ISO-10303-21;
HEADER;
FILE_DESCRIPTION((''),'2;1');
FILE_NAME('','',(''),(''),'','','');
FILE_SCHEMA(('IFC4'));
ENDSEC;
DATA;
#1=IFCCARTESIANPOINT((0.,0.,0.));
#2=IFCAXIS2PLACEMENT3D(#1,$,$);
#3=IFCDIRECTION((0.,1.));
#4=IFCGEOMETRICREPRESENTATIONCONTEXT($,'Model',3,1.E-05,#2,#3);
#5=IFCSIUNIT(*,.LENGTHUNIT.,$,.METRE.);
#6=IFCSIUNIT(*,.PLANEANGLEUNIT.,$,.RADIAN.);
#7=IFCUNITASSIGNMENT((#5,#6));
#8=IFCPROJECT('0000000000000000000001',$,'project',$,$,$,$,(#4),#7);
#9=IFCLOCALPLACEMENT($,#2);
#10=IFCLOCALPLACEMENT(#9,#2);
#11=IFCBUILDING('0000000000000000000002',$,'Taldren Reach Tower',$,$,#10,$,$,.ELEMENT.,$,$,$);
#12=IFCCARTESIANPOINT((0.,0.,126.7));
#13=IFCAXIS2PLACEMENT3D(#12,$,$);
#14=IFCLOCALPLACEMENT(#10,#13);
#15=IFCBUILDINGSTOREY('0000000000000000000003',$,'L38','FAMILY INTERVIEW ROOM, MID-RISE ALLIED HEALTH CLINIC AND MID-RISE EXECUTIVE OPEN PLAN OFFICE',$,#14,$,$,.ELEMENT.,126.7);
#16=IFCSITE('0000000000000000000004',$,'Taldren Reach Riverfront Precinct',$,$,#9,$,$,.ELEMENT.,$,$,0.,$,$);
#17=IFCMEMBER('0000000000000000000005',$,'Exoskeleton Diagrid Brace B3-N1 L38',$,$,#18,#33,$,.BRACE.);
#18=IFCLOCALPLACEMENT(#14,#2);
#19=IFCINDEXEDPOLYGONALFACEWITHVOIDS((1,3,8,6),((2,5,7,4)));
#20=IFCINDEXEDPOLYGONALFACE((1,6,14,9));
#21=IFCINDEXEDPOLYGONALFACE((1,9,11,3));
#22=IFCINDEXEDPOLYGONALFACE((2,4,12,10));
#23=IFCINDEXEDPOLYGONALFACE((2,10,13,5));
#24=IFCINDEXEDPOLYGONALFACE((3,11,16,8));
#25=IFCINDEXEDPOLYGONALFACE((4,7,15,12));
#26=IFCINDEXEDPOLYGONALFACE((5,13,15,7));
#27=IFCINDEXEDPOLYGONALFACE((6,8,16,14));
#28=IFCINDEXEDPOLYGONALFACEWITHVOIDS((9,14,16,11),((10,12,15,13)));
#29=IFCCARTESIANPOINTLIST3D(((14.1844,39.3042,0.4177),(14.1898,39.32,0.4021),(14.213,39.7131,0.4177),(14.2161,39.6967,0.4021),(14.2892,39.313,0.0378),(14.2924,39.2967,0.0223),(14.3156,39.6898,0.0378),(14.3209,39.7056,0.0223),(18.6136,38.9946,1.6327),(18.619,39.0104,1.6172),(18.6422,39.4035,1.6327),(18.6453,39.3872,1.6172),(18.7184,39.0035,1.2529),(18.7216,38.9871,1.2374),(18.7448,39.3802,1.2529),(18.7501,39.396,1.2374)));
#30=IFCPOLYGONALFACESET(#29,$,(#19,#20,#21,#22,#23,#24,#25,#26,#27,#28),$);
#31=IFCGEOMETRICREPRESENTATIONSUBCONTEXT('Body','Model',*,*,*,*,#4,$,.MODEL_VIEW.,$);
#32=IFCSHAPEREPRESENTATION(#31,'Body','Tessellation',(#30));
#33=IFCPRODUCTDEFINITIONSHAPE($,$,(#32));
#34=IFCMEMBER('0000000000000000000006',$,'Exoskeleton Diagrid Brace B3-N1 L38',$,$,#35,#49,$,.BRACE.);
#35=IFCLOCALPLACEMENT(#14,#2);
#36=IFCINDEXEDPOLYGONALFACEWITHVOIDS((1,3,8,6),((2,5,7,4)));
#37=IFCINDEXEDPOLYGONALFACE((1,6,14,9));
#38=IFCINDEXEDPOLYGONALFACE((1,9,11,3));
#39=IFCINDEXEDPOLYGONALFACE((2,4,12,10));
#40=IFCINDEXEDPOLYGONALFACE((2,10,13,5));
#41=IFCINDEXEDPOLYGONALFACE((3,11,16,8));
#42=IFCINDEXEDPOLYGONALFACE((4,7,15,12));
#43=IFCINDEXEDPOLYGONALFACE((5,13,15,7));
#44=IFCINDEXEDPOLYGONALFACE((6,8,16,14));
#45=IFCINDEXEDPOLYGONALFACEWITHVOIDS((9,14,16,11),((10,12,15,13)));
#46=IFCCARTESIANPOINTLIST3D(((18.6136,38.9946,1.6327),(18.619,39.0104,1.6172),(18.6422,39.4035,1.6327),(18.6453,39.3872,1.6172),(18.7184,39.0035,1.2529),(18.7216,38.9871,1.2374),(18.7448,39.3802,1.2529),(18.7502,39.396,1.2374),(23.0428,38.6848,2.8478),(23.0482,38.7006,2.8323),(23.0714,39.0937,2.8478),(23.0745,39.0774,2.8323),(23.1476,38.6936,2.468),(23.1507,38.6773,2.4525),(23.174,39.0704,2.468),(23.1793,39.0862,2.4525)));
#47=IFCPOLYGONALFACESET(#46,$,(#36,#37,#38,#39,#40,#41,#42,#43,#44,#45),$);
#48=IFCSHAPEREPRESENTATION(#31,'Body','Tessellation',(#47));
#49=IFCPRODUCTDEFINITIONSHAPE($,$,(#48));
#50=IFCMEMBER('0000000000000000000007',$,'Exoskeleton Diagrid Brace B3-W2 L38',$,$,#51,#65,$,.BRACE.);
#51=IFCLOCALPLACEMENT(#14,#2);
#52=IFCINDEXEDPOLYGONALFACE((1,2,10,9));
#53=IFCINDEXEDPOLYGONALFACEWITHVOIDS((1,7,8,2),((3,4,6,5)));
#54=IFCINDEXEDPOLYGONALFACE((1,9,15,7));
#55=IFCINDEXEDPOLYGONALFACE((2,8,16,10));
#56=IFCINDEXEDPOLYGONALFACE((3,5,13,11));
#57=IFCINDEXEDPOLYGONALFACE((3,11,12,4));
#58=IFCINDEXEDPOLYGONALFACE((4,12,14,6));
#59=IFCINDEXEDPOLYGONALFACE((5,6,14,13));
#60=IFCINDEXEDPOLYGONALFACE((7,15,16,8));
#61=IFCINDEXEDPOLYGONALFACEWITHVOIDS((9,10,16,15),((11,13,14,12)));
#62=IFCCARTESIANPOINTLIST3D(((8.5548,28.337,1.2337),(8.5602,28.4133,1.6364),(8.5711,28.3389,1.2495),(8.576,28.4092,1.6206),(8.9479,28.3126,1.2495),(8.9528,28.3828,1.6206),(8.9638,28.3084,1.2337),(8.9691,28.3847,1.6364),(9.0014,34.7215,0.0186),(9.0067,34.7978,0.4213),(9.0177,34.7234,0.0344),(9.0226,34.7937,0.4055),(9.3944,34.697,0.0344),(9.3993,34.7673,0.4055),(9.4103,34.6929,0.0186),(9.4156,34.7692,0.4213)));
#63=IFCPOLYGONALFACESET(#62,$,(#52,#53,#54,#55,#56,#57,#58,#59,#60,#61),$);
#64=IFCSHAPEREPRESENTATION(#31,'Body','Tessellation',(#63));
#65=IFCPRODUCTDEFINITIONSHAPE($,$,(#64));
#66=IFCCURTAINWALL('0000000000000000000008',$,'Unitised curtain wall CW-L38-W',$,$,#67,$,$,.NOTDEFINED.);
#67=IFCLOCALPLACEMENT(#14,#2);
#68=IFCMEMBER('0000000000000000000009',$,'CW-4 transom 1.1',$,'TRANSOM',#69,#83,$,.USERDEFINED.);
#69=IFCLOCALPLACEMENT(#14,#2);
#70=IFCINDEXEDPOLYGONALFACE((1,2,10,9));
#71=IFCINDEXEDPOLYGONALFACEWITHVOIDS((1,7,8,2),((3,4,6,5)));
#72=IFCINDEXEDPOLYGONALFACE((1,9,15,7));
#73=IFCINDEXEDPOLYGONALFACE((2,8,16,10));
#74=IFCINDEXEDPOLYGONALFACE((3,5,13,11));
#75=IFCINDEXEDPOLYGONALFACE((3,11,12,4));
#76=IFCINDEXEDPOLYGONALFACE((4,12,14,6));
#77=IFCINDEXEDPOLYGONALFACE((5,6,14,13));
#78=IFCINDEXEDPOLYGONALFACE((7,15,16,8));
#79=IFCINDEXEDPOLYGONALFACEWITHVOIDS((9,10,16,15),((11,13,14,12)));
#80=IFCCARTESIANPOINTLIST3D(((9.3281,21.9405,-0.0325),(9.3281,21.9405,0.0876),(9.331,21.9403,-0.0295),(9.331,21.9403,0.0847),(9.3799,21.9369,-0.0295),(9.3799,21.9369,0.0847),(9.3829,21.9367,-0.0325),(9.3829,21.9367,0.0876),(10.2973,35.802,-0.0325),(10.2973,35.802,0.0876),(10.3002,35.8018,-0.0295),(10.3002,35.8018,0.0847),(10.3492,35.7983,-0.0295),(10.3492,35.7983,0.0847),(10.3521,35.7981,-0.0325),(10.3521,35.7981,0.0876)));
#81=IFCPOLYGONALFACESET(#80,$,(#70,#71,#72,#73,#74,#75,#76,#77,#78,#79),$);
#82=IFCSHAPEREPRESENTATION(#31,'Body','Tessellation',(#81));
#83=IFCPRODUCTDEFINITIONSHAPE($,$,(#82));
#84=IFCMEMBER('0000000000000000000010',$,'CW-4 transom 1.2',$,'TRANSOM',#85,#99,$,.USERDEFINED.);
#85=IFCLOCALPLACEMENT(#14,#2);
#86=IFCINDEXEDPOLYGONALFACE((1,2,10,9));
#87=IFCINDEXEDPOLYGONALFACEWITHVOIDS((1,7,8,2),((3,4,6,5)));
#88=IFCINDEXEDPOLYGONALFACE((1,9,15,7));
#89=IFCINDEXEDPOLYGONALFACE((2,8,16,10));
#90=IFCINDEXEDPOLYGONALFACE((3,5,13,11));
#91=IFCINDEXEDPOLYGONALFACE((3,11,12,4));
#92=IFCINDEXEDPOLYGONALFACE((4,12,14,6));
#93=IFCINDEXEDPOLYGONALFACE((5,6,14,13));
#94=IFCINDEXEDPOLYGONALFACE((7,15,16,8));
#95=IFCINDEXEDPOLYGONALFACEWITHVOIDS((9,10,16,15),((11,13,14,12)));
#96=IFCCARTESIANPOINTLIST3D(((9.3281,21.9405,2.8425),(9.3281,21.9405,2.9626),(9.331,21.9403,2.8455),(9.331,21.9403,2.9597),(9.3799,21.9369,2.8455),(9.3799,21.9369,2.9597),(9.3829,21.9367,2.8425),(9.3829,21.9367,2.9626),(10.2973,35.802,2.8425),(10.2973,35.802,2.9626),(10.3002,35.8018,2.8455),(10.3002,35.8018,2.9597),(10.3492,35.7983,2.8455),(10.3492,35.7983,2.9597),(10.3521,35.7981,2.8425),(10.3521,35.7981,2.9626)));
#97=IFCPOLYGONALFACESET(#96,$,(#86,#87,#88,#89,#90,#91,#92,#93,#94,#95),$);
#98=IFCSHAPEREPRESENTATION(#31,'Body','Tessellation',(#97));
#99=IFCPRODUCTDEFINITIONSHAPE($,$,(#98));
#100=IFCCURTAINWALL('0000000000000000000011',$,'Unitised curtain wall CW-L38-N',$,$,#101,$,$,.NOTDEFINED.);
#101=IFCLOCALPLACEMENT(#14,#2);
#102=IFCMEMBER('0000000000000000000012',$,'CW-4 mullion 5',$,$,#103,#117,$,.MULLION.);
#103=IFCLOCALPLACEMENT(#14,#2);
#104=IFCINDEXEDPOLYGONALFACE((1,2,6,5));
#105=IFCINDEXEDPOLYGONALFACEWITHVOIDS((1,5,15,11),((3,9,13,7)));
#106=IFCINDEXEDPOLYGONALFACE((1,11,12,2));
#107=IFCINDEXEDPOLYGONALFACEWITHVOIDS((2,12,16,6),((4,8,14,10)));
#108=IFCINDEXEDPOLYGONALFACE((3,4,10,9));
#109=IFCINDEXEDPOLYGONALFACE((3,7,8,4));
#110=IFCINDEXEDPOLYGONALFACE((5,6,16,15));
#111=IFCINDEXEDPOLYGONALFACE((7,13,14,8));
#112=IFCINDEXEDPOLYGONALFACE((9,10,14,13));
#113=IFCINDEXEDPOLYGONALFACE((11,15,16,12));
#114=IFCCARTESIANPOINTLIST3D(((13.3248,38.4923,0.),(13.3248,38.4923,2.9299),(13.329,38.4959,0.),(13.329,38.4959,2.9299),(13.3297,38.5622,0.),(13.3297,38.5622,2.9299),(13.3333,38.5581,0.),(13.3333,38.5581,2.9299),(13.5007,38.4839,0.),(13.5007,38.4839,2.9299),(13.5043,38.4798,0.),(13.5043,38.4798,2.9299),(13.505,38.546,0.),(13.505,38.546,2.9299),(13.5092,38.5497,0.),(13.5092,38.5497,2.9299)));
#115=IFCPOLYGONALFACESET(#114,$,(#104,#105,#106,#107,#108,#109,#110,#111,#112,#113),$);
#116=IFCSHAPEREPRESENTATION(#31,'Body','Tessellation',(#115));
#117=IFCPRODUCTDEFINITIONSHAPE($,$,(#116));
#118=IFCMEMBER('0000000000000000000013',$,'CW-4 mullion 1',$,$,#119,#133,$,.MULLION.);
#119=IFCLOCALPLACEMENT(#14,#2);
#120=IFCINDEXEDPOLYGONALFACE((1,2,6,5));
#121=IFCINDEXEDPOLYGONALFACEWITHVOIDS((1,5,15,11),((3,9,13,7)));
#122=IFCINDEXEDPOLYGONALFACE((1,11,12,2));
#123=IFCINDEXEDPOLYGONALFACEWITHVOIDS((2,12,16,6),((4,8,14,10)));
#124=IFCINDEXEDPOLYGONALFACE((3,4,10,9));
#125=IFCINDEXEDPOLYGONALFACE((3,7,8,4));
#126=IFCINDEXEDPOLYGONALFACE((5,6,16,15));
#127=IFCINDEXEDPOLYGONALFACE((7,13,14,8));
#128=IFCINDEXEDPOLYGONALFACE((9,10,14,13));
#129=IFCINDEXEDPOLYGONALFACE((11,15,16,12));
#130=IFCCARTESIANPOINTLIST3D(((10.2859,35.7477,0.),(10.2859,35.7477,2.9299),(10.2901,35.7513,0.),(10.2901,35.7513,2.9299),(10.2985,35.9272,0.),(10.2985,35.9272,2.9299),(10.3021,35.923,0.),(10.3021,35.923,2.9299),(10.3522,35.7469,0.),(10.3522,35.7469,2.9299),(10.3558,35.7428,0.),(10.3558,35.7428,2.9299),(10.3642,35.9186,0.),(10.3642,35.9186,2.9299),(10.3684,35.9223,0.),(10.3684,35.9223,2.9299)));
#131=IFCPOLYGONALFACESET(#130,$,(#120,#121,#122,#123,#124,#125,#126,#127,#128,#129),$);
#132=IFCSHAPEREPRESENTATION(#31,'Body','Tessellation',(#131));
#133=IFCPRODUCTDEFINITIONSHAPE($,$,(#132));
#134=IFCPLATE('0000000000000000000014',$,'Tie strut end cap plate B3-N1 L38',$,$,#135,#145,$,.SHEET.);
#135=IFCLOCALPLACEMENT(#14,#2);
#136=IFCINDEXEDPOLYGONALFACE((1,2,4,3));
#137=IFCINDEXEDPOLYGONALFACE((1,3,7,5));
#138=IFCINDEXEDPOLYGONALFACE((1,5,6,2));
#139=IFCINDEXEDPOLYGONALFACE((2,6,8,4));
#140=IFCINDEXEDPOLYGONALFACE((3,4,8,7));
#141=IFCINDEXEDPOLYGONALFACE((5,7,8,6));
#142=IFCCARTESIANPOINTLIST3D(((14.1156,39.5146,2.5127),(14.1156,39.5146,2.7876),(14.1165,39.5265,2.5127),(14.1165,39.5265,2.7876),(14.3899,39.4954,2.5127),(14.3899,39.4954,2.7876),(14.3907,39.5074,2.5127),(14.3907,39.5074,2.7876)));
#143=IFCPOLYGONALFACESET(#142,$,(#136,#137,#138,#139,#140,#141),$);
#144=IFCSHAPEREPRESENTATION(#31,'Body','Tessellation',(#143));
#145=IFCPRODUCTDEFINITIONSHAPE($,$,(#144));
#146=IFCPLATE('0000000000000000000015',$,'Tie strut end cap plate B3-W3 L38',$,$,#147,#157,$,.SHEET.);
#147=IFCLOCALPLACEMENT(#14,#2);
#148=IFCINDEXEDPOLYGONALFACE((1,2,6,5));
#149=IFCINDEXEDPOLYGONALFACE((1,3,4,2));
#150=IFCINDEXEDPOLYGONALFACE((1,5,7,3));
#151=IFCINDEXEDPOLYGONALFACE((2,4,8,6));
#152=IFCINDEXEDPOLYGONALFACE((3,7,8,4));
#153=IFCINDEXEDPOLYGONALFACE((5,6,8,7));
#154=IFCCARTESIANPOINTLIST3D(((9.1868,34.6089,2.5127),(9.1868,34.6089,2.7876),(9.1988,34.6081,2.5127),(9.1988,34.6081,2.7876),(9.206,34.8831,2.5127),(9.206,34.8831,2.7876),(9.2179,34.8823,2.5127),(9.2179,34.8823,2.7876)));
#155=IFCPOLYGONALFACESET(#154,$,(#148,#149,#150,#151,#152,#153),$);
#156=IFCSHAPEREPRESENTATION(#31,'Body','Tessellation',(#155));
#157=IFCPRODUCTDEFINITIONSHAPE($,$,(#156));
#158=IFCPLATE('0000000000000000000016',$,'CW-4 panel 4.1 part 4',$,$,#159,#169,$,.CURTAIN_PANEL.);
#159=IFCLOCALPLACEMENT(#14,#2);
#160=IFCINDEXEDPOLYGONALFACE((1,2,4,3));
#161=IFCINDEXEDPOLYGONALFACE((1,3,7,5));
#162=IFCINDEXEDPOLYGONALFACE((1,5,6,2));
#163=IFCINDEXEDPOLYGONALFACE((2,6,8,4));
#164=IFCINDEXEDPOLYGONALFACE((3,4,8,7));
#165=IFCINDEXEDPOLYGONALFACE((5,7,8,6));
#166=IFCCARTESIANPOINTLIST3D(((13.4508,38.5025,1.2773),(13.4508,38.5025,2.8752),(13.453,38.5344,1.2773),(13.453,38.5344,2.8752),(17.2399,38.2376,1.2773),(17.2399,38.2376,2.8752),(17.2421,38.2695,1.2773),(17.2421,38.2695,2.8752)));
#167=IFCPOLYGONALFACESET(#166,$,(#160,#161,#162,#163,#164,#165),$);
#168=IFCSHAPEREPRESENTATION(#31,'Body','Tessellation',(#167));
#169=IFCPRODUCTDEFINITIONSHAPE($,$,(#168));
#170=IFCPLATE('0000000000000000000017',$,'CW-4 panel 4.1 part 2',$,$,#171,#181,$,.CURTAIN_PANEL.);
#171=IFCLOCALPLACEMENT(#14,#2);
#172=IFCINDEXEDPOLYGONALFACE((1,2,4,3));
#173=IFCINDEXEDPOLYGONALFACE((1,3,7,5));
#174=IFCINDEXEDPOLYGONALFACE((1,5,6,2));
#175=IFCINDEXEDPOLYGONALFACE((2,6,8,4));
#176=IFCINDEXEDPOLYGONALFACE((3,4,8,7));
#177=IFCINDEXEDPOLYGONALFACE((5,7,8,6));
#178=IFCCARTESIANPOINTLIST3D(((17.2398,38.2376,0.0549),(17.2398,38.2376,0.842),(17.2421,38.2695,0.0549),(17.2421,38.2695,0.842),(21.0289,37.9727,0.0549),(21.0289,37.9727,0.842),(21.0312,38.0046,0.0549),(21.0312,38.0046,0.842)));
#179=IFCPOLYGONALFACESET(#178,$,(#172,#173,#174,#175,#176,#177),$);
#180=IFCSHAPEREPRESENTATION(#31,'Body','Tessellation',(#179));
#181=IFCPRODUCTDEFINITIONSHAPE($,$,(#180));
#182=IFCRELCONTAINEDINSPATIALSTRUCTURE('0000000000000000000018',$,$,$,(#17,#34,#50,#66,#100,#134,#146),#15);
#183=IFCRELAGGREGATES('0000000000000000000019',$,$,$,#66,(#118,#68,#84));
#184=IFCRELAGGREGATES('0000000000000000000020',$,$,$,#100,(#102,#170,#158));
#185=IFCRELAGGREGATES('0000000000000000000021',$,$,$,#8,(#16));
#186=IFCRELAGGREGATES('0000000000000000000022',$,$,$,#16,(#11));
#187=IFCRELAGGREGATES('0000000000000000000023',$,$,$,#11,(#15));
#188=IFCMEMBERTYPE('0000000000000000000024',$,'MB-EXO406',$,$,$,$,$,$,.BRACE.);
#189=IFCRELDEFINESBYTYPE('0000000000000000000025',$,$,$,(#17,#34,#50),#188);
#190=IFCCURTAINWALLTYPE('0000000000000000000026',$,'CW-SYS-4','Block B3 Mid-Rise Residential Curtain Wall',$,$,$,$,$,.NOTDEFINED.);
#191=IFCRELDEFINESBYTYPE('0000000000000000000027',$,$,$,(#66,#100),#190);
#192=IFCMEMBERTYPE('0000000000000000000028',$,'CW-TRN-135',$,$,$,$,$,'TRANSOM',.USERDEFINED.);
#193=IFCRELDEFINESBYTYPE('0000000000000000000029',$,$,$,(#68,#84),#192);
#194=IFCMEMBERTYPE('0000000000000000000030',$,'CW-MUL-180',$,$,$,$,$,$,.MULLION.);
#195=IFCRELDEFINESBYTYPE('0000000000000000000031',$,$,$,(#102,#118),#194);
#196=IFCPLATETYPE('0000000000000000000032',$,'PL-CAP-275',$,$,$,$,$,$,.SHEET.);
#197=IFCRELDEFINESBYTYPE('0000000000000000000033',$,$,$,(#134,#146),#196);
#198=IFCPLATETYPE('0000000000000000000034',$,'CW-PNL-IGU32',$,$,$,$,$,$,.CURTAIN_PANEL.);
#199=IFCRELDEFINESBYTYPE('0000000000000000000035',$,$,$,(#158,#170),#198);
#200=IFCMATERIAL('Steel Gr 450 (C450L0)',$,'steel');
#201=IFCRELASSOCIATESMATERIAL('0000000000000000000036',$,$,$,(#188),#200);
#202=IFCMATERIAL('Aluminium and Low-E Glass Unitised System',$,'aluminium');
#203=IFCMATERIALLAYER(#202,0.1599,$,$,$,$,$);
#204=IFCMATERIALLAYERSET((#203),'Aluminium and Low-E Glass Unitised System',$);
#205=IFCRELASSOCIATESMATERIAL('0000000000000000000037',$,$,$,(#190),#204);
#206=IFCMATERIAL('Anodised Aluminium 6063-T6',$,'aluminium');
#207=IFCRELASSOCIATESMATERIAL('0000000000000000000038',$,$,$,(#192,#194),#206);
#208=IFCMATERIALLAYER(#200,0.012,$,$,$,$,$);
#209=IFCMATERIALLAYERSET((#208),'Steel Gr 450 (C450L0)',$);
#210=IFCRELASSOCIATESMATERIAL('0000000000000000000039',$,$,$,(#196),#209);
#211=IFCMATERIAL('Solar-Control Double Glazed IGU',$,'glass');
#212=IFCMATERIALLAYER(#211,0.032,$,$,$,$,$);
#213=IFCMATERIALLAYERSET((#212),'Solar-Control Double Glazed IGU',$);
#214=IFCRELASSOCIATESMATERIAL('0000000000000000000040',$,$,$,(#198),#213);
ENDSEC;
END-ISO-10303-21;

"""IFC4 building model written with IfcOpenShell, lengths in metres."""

from ifc_helpers import new_model, si_unit, direction, frame, origin, origin_2d, place, context, subcontext, project, spatial, rectangle, hollow_rectangle, extrude, source, transform, mapped, material, layer, layer_set, material_profile, profile_set, type_object, element, aggregate, save


model = new_model("IFC4")

# Units and contexts
model_context = context("Model", 3, precision=1e-05, world=origin(), true_north=direction((0.0, 1.0)))
body_context = subcontext(model_context, "Body", "Model", "MODEL_VIEW")
ifc_project = project(units=[si_unit("LENGTHUNIT", "METRE"), si_unit("PLANEANGLEUNIT", "RADIAN")], contexts=[model_context])

# Site, building, storey
site_placement = place(None, origin())
site = spatial("IfcSite", under=ifc_project, at=site_placement, Name="Taldren Reach Riverfront Precinct", CompositionType="ELEMENT", RefElevation=0.0)
building_placement = place(site_placement, origin())
building = spatial("IfcBuilding", under=site, at=building_placement, Name="Taldren Reach Tower", CompositionType="ELEMENT")
storey_placement = place(building_placement, frame((0.0, 0.0, 126.7)))
storey = spatial("IfcBuildingStorey", under=building, at=storey_placement, Name="L38", Description="FAMILY INTERVIEW ROOM, MID-RISE ALLIED HEALTH CLINIC AND MID-RISE EXECUTIVE OPEN PLAN OFFICE", CompositionType="ELEMENT", Elevation=126.7)

# Shared definitions
ifc_material_1 = material(Name="Steel Gr 450 (C450L0)", Category="steel")

# Members
ifc_material_profile_1 = material_profile(ifc_material_1, hollow_rectangle(XDim=0.4099, YDim=0.4099, WallThickness=0.0161, at=origin_2d()), Name="410x410x16.0SHS")
ifc_profile_set_1 = profile_set([ifc_material_profile_1], Name="Steel Gr 450 (C450L0)")
member_type_1 = type_object("IfcMemberType", Name="MB-EXO406", PredefinedType="BRACE", material=ifc_profile_set_1)
shared_shape_1 = source(origin(), body_context, "Body", "SweptSolid", [
    extrude(hollow_rectangle(XDim=0.4099, YDim=0.4099, WallThickness=0.0161, at=origin_2d()), origin(), (0.0, 0.0, 1.0), 4.6033),
])
for number, where, z_axis, x_axis, name in (
    (1, (14.2527, 39.5049, 0.22), (0.962186, -0.06725, 0.263962), (0.069723, 0.997566, 0.0), "Exoskeleton Diagrid Brace B3-N1 L38"),
    (2, (18.6819, 39.1953, 1.4351), (0.962182, -0.067303, 0.263961), (0.069778, 0.997563, 0.0), "Exoskeleton Diagrid Brace B3-N1 L38"),
):
    element("IfcMember", number, at=place(storey_placement, frame(where, z_axis=z_axis, x_axis=x_axis)), inside=storey, type_object=member_type_1, Name=name, PredefinedType="BRACE", context=body_context, shape_type="MappedRepresentation", body=[
        mapped(shared_shape_1, transform((0.0, 0.0, 0.0), scale=1.0)),
    ])
shared_shape_2 = source(origin(), body_context, "Body", "SweptSolid", [
    extrude(hollow_rectangle(XDim=0.4099, YDim=0.4099, WallThickness=0.0161, at=origin_2d()), origin(), (0.0, 0.0, 1.0), 6.5144),
])
member_1_placement = place(storey_placement, frame((9.2085, 34.7454, 0.22), z_axis=(-0.068545, -0.980057, 0.186522), x_axis=(0.997563, -0.06977, 0.0)))
element("IfcMember", 3, at=member_1_placement, inside=storey, type_object=member_type_1, Name="Exoskeleton Diagrid Brace B3-W2 L38", PredefinedType="BRACE", context=body_context, shape_type="MappedRepresentation", body=[
    mapped(shared_shape_2, transform((0.0, 0.0, 0.0), scale=1.0)),
])

# Curtain wall, members
ifc_material_2 = material(Name="Aluminium and Low-E Glass Unitised System", Category="aluminium")
ifc_layer_1 = layer(ifc_material_2, 0.1599)
ifc_layer_set_1 = layer_set([ifc_layer_1], Name="Aluminium and Low-E Glass Unitised System")
curtain_wall_type = type_object("IfcCurtainWallType", Name="CW-SYS-4", Description="Block B3 Mid-Rise Residential Curtain Wall", PredefinedType="NOTDEFINED", material=ifc_layer_set_1)
curtain_wall_1_placement = place(storey_placement, origin())
curtain_wall_1 = element("IfcCurtainWall", 4, at=curtain_wall_1_placement, inside=storey, type_object=curtain_wall_type, Name="Unitised curtain wall CW-L38-W", PredefinedType="NOTDEFINED")
ifc_material_3 = material(Name="Anodised Aluminium 6063-T6", Category="aluminium")
ifc_material_profile_2 = material_profile(ifc_material_3, hollow_rectangle(XDim=0.0549, YDim=0.1201, WallThickness=0.0029, at=origin_2d()), Name="ALU-120x55x3RHS")
ifc_profile_set_2 = profile_set([ifc_material_profile_2], Name="Anodised Aluminium 6063-T6")
member_type_2 = type_object("IfcMemberType", Name="CW-TRN-135", ElementType="TRANSOM", PredefinedType="USERDEFINED", material=ifc_profile_set_2)
shared_shape_3 = source(origin(), body_context, "Body", "SweptSolid", [
    extrude(hollow_rectangle(XDim=0.0549, YDim=0.1201, WallThickness=0.0029, at=origin_2d()), origin(), (0.0, 0.0, 1.0), 13.8953),
])
member_2_placement = place(storey_placement, frame((10.3247, 35.8, 0.0276), z_axis=(-0.069754, -0.997564, 0.0), x_axis=(0.997564, -0.069754, 0.0)))
member_2 = element("IfcMember", 5, at=member_2_placement, type_object=member_type_2, Name="CW-4 transom 1.1", ObjectType="TRANSOM", PredefinedType="USERDEFINED", context=body_context, shape_type="MappedRepresentation", body=[
    mapped(shared_shape_3, transform((0.0, 0.0, 0.0), scale=1.0)),
])
member_3_placement = place(storey_placement, frame((10.3247, 35.8, 2.9026), z_axis=(-0.069754, -0.997564, 0.0), x_axis=(0.997564, -0.069754, 0.0)))
member_3 = element("IfcMember", 6, at=member_3_placement, type_object=member_type_2, Name="CW-4 transom 1.2", ObjectType="TRANSOM", PredefinedType="USERDEFINED", context=body_context, shape_type="MappedRepresentation", body=[
    mapped(shared_shape_3, transform((0.0, 0.0, 0.0), scale=1.0)),
])

# Curtain wall, member
curtain_wall_2_placement = place(storey_placement, origin())
curtain_wall_2 = element("IfcCurtainWall", 7, at=curtain_wall_2_placement, inside=storey, type_object=curtain_wall_type, Name="Unitised curtain wall CW-L38-N", PredefinedType="NOTDEFINED")
ifc_material_profile_3 = material_profile(ifc_material_3, hollow_rectangle(XDim=0.0701, YDim=0.1799, WallThickness=0.0039, at=origin_2d()), Name="ALU-180x70x4RHS")
ifc_profile_set_3 = profile_set([ifc_material_profile_3], Name="Anodised Aluminium 6063-T6")
member_type_3 = type_object("IfcMemberType", Name="CW-MUL-180", PredefinedType="MULLION", material=ifc_profile_set_3)
shared_shape_4 = source(origin(), body_context, "Body", "SweptSolid", [
    extrude(hollow_rectangle(XDim=0.0701, YDim=0.1799, WallThickness=0.0039, at=origin_2d()), origin(), (0.0, 0.0, 1.0), 2.9299),
])
member_4_placement = place(storey_placement, frame((13.417, 38.521, 0.0), z_axis=(0.0, 0.0, 1.0), x_axis=(-0.069757, -0.997564, 0.0)))
member_4 = element("IfcMember", 8, at=member_4_placement, type_object=member_type_3, Name="CW-4 mullion 5", PredefinedType="MULLION", context=body_context, shape_type="MappedRepresentation", body=[
    mapped(shared_shape_4, transform((0.0, 0.0, 0.0), scale=1.0)),
])

# Member
member_5_placement = place(storey_placement, frame((10.3271, 35.835, 0.0), z_axis=(0.0, 0.0, 1.0), x_axis=(0.997564, -0.069756, 0.0)))
member_5 = element("IfcMember", 9, at=member_5_placement, type_object=member_type_3, Name="CW-4 mullion 1", PredefinedType="MULLION", context=body_context, shape_type="MappedRepresentation", body=[
    mapped(shared_shape_4, transform((0.0, 0.0, 0.0), scale=1.0)),
])
aggregate(curtain_wall_1, [member_5, member_2, member_3])

# Plates
ifc_layer_2 = layer(ifc_material_1, 0.012)
ifc_layer_set_2 = layer_set([ifc_layer_2], Name="Steel Gr 450 (C450L0)")
plate_type_1 = type_object("IfcPlateType", Name="PL-CAP-275", PredefinedType="SHEET", material=ifc_layer_set_2)
shared_shape_5 = source(origin(), body_context, "Body", "SweptSolid", [
    extrude(rectangle(XDim=0.2749, YDim=0.012, at=origin_2d()), origin(), (0.0, 0.0, 1.0), 0.2749),
])
plate_1_placement = place(storey_placement, frame((14.2532, 39.511, 2.5127), z_axis=(0.0, 0.0, 1.0), x_axis=(0.997564, -0.069756, 0.0)))
element("IfcPlate", 10, at=plate_1_placement, inside=storey, type_object=plate_type_1, Name="Tie strut end cap plate B3-N1 L38", PredefinedType="SHEET", context=body_context, shape_type="MappedRepresentation", body=[
    mapped(shared_shape_5, transform((0.0, 0.0, 0.0), scale=1.0)),
])
shared_shape_6 = source(origin(), body_context, "Body", "SweptSolid", [
    extrude(rectangle(XDim=0.012, YDim=0.2749, at=origin_2d()), origin(), (0.0, 0.0, 1.0), 0.2749),
])
plate_2_placement = place(storey_placement, frame((9.2024, 34.7456, 2.5127), z_axis=(0.0, 0.0, 1.0), x_axis=(0.997564, -0.069756, 0.0)))
element("IfcPlate", 11, at=plate_2_placement, inside=storey, type_object=plate_type_1, Name="Tie strut end cap plate B3-W3 L38", PredefinedType="SHEET", context=body_context, shape_type="MappedRepresentation", body=[
    mapped(shared_shape_6, transform((0.0, 0.0, 0.0), scale=1.0)),
])

# Plates
ifc_material_4 = material(Name="Solar-Control Double Glazed IGU", Category="glass")
ifc_layer_3 = layer(ifc_material_4, 0.032)
ifc_layer_set_3 = layer_set([ifc_layer_3], Name="Solar-Control Double Glazed IGU")
plate_type_2 = type_object("IfcPlateType", Name="CW-PNL-IGU32", PredefinedType="CURTAIN_PANEL", material=ifc_layer_set_3)
shared_shape_7 = source(origin(), body_context, "Body", "SweptSolid", [
    extrude(rectangle(XDim=3.7983, YDim=0.032, at=origin_2d()), origin(), (0.0, 0.0, 1.0), 1.5979),
])
plate_3_placement = place(storey_placement, frame((15.3464, 38.386, 1.2773), z_axis=(0.0, 0.0, 1.0), x_axis=(-0.997564, 0.069757, 0.0)))
plate_3 = element("IfcPlate", 12, at=plate_3_placement, type_object=plate_type_2, Name="CW-4 panel 4.1 part 4", PredefinedType="CURTAIN_PANEL", context=body_context, shape_type="MappedRepresentation", body=[
    mapped(shared_shape_7, transform((0.0, 0.0, 0.0), scale=1.0)),
])
shared_shape_8 = source(origin(), body_context, "Body", "SweptSolid", [
    extrude(rectangle(XDim=3.7983, YDim=0.032, at=origin_2d()), origin(), (0.0, 0.0, 1.0), 0.7871),
])
plate_4_placement = place(storey_placement, frame((19.1355, 38.1211, 0.0549), z_axis=(0.0, 0.0, 1.0), x_axis=(-0.997564, 0.069757, 0.0)))
plate_4 = element("IfcPlate", 13, at=plate_4_placement, type_object=plate_type_2, Name="CW-4 panel 4.1 part 2", PredefinedType="CURTAIN_PANEL", context=body_context, shape_type="MappedRepresentation", body=[
    mapped(shared_shape_8, transform((0.0, 0.0, 0.0), scale=1.0)),
])
aggregate(curtain_wall_2, [member_4, plate_4, plate_3])

save(model, "model.ifc")
